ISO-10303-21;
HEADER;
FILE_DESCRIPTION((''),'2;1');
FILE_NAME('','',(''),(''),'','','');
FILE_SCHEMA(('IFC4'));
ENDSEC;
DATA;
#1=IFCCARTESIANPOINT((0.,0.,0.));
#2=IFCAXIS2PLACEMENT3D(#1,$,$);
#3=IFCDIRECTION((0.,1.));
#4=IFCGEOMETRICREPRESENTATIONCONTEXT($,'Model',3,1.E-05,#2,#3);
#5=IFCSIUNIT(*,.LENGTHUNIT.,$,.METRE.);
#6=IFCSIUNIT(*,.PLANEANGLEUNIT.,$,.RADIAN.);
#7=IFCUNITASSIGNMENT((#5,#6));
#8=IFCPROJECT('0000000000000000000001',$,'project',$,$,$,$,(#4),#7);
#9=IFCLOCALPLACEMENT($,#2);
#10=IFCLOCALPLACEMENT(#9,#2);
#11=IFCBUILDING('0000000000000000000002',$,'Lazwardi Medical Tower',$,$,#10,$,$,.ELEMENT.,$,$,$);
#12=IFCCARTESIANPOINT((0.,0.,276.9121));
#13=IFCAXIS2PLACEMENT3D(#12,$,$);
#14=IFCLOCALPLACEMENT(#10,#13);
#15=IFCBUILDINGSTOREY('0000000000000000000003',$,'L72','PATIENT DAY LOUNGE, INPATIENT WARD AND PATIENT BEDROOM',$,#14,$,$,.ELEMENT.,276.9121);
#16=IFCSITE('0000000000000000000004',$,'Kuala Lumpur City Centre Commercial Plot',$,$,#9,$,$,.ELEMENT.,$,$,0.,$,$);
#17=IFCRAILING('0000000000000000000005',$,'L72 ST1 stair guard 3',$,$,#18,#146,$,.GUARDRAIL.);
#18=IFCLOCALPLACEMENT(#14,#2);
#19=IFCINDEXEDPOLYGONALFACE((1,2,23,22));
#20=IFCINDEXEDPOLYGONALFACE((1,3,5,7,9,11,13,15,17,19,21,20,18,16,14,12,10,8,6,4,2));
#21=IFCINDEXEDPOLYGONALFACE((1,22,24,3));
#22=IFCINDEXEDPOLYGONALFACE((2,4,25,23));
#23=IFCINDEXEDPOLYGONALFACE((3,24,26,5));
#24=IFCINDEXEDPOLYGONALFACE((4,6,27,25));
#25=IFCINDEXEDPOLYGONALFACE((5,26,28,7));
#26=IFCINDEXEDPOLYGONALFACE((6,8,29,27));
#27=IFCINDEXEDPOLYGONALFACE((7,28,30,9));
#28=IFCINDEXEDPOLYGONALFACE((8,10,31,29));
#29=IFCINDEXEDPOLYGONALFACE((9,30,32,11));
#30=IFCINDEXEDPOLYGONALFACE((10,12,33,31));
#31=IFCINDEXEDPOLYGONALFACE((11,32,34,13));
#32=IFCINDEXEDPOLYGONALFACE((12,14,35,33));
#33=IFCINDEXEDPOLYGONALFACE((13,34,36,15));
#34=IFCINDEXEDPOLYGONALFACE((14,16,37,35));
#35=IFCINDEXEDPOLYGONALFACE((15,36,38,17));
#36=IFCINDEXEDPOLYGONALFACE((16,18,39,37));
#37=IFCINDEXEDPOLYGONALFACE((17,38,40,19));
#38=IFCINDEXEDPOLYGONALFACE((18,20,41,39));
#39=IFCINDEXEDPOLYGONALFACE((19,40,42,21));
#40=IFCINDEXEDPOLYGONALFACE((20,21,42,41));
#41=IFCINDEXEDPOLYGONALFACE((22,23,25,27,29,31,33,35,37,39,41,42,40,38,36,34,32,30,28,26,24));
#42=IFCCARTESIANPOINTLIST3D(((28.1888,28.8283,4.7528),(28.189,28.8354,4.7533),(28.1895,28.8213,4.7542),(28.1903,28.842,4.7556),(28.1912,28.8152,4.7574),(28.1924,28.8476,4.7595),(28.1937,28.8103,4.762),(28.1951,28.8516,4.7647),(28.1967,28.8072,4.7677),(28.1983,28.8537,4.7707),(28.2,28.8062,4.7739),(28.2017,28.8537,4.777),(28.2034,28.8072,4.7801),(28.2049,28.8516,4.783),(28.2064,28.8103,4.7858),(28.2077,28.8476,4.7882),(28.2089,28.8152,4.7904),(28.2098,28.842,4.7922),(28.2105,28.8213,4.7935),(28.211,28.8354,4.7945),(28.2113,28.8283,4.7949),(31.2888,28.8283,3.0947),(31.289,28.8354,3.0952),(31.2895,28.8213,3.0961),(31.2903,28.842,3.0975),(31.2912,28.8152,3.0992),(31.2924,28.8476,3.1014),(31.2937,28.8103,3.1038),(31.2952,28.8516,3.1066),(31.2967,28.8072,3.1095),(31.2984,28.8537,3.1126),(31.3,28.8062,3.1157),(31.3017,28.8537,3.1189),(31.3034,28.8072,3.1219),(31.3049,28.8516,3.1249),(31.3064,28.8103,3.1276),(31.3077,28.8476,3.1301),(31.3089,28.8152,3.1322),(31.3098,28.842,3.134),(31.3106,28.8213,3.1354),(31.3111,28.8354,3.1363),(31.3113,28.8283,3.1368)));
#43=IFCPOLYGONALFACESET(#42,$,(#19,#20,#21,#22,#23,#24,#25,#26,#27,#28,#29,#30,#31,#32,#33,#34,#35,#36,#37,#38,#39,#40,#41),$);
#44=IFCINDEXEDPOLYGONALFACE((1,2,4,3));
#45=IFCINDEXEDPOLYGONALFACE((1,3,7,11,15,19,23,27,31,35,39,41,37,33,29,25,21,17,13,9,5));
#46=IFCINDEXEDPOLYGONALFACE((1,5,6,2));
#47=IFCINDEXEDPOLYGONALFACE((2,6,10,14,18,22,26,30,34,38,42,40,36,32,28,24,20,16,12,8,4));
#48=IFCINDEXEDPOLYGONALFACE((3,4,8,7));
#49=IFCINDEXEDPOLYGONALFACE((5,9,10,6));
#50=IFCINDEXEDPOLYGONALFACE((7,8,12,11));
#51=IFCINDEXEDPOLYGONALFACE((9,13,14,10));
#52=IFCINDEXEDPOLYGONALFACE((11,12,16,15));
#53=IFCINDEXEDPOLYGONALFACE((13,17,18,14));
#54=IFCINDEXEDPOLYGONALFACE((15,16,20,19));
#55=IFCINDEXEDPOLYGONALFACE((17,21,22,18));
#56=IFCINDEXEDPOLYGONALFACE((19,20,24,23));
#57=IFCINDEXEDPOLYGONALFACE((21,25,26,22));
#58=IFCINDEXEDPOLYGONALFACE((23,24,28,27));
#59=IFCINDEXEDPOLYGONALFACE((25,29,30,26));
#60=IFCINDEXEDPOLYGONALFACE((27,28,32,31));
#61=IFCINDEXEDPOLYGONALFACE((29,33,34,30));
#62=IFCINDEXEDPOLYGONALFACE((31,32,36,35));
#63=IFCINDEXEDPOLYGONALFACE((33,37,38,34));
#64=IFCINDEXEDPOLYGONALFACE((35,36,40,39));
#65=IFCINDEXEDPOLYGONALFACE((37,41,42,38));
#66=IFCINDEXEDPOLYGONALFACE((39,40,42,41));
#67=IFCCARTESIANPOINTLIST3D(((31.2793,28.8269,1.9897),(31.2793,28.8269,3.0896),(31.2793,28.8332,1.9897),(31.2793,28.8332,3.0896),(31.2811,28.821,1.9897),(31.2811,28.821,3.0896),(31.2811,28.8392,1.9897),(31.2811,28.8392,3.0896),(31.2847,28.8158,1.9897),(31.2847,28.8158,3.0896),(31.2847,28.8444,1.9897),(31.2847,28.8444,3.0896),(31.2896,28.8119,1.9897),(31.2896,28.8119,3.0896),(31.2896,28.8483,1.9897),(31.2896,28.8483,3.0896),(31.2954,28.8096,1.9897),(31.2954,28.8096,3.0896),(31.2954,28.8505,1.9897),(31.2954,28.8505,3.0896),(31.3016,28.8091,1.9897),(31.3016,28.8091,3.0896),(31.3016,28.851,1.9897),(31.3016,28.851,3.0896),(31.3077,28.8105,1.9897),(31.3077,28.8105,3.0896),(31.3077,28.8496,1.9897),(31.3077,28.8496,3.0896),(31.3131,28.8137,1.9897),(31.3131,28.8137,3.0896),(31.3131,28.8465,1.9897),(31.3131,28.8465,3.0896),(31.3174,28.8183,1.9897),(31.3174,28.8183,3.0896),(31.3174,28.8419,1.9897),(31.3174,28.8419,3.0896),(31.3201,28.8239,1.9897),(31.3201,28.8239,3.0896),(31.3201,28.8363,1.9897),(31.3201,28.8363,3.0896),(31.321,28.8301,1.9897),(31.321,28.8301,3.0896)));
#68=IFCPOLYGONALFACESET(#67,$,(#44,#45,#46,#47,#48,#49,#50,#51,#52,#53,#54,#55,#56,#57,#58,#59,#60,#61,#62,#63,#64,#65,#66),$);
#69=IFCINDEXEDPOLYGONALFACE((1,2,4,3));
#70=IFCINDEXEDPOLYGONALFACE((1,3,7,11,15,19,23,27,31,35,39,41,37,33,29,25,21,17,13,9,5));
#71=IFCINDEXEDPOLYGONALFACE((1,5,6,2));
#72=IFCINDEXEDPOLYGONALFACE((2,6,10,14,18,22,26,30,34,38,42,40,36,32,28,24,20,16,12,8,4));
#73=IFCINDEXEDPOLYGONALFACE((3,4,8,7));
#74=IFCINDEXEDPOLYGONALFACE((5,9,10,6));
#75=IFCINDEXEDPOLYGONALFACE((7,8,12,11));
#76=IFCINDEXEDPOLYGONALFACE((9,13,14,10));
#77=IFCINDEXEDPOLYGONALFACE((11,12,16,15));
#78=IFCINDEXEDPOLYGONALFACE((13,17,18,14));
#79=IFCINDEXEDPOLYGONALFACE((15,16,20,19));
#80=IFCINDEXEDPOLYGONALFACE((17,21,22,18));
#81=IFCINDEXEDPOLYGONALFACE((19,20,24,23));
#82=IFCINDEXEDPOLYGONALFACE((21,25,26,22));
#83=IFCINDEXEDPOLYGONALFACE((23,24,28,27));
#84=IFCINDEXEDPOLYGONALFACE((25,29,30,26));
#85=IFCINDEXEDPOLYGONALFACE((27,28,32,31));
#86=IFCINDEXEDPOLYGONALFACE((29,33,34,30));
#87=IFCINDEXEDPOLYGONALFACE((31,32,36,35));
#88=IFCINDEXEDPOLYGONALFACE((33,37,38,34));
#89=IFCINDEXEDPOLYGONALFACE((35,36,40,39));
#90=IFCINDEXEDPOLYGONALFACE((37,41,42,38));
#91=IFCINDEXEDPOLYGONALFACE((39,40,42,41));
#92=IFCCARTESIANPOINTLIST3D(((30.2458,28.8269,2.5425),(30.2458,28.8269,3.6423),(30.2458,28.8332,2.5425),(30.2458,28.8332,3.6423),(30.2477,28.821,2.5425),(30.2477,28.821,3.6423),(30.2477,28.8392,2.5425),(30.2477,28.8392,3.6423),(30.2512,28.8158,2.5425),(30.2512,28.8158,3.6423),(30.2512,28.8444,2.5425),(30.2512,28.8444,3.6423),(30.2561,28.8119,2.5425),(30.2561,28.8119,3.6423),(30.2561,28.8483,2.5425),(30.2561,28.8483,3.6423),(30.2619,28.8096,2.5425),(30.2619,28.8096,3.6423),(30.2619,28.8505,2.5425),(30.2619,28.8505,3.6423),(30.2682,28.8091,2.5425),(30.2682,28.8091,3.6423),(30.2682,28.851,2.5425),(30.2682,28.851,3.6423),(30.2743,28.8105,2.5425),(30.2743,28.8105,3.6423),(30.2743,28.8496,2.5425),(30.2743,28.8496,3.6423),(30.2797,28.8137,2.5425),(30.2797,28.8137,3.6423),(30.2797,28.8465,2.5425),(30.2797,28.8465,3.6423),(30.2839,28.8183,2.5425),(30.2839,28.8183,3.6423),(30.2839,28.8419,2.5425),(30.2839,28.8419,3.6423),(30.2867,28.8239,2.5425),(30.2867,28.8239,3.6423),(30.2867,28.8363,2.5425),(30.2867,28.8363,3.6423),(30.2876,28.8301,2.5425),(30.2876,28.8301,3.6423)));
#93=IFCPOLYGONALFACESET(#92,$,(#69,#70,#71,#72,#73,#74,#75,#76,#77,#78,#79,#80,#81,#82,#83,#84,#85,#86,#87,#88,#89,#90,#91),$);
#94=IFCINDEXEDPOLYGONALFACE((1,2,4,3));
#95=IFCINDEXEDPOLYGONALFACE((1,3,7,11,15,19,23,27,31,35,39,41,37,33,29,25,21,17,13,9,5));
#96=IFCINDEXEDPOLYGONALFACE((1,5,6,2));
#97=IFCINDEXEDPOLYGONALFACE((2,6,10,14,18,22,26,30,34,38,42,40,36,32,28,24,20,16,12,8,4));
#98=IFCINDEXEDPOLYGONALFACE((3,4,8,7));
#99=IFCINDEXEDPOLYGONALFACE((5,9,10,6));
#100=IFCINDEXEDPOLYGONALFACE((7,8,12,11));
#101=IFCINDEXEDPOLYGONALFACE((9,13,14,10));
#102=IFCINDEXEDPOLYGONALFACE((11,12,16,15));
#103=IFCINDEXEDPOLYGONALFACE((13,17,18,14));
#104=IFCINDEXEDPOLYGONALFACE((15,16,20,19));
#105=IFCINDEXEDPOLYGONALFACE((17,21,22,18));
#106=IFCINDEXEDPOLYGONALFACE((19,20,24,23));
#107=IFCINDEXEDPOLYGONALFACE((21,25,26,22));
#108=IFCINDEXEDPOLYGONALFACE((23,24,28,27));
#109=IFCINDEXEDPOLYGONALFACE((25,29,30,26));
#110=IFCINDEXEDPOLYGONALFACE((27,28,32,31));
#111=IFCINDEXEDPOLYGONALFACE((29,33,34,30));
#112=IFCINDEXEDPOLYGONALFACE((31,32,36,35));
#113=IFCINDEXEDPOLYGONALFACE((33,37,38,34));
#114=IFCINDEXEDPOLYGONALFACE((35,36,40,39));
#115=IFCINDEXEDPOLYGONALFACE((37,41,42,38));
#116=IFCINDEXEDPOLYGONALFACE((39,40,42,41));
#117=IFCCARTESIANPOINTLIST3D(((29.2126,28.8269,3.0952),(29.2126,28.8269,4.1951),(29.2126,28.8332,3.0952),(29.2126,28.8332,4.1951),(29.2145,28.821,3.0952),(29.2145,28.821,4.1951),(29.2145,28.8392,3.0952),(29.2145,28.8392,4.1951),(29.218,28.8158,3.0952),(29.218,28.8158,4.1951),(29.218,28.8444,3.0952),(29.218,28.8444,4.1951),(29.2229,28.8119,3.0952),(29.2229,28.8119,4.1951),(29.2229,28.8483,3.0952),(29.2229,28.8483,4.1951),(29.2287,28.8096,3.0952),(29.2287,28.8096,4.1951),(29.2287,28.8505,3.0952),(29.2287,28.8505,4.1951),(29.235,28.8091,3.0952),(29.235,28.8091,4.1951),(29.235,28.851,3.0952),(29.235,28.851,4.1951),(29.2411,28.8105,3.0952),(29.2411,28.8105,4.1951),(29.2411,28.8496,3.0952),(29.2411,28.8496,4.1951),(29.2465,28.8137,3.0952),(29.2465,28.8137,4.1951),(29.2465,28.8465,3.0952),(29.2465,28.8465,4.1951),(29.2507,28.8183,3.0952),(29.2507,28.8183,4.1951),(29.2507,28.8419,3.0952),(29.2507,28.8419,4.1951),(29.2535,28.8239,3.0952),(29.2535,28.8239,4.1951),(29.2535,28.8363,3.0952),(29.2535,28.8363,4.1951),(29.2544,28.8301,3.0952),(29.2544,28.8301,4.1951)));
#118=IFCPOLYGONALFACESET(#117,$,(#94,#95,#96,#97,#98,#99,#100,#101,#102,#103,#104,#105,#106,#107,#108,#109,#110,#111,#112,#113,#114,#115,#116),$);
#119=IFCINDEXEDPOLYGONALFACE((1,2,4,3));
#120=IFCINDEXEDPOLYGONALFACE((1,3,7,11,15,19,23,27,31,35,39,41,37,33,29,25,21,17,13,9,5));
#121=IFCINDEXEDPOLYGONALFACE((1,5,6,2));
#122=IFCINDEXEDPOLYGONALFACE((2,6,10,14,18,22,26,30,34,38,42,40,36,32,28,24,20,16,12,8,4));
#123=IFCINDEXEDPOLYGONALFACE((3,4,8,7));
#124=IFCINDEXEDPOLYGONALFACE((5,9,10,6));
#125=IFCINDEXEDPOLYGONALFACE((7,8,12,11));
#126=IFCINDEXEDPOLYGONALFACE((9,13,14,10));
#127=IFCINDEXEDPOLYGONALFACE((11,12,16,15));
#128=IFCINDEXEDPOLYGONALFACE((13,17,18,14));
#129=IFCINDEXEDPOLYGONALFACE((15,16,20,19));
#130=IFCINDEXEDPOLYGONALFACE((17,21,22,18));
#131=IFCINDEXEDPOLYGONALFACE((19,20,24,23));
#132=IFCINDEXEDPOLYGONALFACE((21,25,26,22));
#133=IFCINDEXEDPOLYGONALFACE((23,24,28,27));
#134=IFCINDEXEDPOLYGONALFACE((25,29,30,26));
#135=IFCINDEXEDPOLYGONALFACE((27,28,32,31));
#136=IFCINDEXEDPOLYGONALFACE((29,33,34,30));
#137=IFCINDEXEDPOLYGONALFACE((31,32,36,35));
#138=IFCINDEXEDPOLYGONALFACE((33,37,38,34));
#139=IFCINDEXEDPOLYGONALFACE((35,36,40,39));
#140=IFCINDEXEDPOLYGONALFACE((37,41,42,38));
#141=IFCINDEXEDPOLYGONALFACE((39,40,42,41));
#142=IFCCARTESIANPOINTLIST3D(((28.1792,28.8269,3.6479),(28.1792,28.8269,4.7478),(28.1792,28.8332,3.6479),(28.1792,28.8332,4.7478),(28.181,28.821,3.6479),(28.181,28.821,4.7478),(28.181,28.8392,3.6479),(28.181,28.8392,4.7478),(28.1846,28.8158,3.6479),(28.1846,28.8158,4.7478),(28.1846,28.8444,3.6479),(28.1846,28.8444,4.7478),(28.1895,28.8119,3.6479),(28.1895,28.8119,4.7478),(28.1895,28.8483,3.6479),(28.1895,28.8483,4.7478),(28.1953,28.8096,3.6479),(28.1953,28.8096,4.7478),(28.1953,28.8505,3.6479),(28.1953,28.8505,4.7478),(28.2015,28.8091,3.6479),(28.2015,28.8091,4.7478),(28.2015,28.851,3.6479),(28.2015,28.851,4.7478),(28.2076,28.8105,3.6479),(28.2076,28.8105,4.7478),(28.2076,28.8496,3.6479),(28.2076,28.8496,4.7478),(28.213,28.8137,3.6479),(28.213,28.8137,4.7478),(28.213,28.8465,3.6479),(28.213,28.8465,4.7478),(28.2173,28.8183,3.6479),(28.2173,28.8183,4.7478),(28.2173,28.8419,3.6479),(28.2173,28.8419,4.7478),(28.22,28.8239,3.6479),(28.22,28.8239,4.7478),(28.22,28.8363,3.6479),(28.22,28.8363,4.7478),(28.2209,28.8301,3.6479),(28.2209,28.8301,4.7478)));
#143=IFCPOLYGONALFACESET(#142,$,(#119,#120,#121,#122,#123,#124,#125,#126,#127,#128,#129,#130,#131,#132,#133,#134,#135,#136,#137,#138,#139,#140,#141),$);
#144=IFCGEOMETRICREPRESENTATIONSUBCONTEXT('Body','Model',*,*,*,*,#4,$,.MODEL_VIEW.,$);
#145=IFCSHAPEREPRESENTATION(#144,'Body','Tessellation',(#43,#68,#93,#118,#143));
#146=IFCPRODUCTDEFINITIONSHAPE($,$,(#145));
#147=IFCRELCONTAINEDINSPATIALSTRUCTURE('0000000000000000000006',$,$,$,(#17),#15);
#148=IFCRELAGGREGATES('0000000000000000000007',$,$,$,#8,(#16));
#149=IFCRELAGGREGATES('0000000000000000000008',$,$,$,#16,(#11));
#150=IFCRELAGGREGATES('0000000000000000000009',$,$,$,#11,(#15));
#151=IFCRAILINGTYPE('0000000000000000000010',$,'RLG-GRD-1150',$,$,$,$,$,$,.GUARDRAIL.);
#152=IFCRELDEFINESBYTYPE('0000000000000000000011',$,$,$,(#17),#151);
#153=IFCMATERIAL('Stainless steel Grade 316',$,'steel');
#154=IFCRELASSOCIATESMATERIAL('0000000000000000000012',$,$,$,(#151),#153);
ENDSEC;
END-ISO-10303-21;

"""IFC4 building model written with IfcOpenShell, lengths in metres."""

from ifc_helpers import new_model, si_unit, direction, frame, origin, origin_2d, place, context, subcontext, project, spatial, circle, extrude, material, type_object, element, save


model = new_model("IFC4")

# Units and contexts
model_context = context("Model", 3, precision=1e-05, world=origin(), true_north=direction((0.0, 1.0)))
body_context = subcontext(model_context, "Body", "Model", "MODEL_VIEW")
ifc_project = project(units=[si_unit("LENGTHUNIT", "METRE"), si_unit("PLANEANGLEUNIT", "RADIAN")], contexts=[model_context])

# Site, building, storey
site_placement = place(None, origin())
site = spatial("IfcSite", under=ifc_project, at=site_placement, Name="Kuala Lumpur City Centre Commercial Plot", CompositionType="ELEMENT", RefElevation=0.0)
building_placement = place(site_placement, origin())
building = spatial("IfcBuilding", under=site, at=building_placement, Name="Lazwardi Medical Tower", CompositionType="ELEMENT")
storey_placement = place(building_placement, frame((0.0, 0.0, 276.9121)))
storey = spatial("IfcBuildingStorey", under=building, at=storey_placement, Name="L72", Description="PATIENT DAY LOUNGE, INPATIENT WARD AND PATIENT BEDROOM", CompositionType="ELEMENT", Elevation=276.9121)

# Railing
ifc_material_1 = material(Name="Stainless steel Grade 316", Category="steel")
railing_type_1 = type_object("IfcRailingType", Name="RLG-GRD-1150", PredefinedType="GUARDRAIL", material=ifc_material_1)
railing_1_placement = place(storey_placement, frame((31.3, 28.8301, 1.9897)))
element("IfcRailing", 1, at=railing_1_placement, inside=storey, type_object=railing_type_1, Name="L72 ST1 stair guard 3", PredefinedType="GUARDRAIL", context=body_context, shape_type="SweptSolid", body=[
    extrude(circle(Radius=0.0239, at=origin_2d()), frame((0.0, 0.0, 1.126), z_axis=(-0.881783, 0.0, 0.471655), x_axis=(0.0, -1.0, 0.0)), (0.0, 0.0, 1.0), 3.5156),
    extrude(circle(Radius=0.021, at=origin_2d()), origin(), (0.0, 0.0, 1.0), 1.0999),
    extrude(circle(Radius=0.021, at=origin_2d()), frame((-1.0334, 0.0, 0.5527)), (0.0, 0.0, 1.0), 1.0999),
    extrude(circle(Radius=0.021, at=origin_2d()), frame((-2.0667, 0.0, 1.1055)), (0.0, 0.0, 1.0), 1.0999),
    extrude(circle(Radius=0.021, at=origin_2d()), frame((-3.1001, 0.0, 1.6582)), (0.0, 0.0, 1.0), 1.0999),
])

save(model, "model.ifc")
